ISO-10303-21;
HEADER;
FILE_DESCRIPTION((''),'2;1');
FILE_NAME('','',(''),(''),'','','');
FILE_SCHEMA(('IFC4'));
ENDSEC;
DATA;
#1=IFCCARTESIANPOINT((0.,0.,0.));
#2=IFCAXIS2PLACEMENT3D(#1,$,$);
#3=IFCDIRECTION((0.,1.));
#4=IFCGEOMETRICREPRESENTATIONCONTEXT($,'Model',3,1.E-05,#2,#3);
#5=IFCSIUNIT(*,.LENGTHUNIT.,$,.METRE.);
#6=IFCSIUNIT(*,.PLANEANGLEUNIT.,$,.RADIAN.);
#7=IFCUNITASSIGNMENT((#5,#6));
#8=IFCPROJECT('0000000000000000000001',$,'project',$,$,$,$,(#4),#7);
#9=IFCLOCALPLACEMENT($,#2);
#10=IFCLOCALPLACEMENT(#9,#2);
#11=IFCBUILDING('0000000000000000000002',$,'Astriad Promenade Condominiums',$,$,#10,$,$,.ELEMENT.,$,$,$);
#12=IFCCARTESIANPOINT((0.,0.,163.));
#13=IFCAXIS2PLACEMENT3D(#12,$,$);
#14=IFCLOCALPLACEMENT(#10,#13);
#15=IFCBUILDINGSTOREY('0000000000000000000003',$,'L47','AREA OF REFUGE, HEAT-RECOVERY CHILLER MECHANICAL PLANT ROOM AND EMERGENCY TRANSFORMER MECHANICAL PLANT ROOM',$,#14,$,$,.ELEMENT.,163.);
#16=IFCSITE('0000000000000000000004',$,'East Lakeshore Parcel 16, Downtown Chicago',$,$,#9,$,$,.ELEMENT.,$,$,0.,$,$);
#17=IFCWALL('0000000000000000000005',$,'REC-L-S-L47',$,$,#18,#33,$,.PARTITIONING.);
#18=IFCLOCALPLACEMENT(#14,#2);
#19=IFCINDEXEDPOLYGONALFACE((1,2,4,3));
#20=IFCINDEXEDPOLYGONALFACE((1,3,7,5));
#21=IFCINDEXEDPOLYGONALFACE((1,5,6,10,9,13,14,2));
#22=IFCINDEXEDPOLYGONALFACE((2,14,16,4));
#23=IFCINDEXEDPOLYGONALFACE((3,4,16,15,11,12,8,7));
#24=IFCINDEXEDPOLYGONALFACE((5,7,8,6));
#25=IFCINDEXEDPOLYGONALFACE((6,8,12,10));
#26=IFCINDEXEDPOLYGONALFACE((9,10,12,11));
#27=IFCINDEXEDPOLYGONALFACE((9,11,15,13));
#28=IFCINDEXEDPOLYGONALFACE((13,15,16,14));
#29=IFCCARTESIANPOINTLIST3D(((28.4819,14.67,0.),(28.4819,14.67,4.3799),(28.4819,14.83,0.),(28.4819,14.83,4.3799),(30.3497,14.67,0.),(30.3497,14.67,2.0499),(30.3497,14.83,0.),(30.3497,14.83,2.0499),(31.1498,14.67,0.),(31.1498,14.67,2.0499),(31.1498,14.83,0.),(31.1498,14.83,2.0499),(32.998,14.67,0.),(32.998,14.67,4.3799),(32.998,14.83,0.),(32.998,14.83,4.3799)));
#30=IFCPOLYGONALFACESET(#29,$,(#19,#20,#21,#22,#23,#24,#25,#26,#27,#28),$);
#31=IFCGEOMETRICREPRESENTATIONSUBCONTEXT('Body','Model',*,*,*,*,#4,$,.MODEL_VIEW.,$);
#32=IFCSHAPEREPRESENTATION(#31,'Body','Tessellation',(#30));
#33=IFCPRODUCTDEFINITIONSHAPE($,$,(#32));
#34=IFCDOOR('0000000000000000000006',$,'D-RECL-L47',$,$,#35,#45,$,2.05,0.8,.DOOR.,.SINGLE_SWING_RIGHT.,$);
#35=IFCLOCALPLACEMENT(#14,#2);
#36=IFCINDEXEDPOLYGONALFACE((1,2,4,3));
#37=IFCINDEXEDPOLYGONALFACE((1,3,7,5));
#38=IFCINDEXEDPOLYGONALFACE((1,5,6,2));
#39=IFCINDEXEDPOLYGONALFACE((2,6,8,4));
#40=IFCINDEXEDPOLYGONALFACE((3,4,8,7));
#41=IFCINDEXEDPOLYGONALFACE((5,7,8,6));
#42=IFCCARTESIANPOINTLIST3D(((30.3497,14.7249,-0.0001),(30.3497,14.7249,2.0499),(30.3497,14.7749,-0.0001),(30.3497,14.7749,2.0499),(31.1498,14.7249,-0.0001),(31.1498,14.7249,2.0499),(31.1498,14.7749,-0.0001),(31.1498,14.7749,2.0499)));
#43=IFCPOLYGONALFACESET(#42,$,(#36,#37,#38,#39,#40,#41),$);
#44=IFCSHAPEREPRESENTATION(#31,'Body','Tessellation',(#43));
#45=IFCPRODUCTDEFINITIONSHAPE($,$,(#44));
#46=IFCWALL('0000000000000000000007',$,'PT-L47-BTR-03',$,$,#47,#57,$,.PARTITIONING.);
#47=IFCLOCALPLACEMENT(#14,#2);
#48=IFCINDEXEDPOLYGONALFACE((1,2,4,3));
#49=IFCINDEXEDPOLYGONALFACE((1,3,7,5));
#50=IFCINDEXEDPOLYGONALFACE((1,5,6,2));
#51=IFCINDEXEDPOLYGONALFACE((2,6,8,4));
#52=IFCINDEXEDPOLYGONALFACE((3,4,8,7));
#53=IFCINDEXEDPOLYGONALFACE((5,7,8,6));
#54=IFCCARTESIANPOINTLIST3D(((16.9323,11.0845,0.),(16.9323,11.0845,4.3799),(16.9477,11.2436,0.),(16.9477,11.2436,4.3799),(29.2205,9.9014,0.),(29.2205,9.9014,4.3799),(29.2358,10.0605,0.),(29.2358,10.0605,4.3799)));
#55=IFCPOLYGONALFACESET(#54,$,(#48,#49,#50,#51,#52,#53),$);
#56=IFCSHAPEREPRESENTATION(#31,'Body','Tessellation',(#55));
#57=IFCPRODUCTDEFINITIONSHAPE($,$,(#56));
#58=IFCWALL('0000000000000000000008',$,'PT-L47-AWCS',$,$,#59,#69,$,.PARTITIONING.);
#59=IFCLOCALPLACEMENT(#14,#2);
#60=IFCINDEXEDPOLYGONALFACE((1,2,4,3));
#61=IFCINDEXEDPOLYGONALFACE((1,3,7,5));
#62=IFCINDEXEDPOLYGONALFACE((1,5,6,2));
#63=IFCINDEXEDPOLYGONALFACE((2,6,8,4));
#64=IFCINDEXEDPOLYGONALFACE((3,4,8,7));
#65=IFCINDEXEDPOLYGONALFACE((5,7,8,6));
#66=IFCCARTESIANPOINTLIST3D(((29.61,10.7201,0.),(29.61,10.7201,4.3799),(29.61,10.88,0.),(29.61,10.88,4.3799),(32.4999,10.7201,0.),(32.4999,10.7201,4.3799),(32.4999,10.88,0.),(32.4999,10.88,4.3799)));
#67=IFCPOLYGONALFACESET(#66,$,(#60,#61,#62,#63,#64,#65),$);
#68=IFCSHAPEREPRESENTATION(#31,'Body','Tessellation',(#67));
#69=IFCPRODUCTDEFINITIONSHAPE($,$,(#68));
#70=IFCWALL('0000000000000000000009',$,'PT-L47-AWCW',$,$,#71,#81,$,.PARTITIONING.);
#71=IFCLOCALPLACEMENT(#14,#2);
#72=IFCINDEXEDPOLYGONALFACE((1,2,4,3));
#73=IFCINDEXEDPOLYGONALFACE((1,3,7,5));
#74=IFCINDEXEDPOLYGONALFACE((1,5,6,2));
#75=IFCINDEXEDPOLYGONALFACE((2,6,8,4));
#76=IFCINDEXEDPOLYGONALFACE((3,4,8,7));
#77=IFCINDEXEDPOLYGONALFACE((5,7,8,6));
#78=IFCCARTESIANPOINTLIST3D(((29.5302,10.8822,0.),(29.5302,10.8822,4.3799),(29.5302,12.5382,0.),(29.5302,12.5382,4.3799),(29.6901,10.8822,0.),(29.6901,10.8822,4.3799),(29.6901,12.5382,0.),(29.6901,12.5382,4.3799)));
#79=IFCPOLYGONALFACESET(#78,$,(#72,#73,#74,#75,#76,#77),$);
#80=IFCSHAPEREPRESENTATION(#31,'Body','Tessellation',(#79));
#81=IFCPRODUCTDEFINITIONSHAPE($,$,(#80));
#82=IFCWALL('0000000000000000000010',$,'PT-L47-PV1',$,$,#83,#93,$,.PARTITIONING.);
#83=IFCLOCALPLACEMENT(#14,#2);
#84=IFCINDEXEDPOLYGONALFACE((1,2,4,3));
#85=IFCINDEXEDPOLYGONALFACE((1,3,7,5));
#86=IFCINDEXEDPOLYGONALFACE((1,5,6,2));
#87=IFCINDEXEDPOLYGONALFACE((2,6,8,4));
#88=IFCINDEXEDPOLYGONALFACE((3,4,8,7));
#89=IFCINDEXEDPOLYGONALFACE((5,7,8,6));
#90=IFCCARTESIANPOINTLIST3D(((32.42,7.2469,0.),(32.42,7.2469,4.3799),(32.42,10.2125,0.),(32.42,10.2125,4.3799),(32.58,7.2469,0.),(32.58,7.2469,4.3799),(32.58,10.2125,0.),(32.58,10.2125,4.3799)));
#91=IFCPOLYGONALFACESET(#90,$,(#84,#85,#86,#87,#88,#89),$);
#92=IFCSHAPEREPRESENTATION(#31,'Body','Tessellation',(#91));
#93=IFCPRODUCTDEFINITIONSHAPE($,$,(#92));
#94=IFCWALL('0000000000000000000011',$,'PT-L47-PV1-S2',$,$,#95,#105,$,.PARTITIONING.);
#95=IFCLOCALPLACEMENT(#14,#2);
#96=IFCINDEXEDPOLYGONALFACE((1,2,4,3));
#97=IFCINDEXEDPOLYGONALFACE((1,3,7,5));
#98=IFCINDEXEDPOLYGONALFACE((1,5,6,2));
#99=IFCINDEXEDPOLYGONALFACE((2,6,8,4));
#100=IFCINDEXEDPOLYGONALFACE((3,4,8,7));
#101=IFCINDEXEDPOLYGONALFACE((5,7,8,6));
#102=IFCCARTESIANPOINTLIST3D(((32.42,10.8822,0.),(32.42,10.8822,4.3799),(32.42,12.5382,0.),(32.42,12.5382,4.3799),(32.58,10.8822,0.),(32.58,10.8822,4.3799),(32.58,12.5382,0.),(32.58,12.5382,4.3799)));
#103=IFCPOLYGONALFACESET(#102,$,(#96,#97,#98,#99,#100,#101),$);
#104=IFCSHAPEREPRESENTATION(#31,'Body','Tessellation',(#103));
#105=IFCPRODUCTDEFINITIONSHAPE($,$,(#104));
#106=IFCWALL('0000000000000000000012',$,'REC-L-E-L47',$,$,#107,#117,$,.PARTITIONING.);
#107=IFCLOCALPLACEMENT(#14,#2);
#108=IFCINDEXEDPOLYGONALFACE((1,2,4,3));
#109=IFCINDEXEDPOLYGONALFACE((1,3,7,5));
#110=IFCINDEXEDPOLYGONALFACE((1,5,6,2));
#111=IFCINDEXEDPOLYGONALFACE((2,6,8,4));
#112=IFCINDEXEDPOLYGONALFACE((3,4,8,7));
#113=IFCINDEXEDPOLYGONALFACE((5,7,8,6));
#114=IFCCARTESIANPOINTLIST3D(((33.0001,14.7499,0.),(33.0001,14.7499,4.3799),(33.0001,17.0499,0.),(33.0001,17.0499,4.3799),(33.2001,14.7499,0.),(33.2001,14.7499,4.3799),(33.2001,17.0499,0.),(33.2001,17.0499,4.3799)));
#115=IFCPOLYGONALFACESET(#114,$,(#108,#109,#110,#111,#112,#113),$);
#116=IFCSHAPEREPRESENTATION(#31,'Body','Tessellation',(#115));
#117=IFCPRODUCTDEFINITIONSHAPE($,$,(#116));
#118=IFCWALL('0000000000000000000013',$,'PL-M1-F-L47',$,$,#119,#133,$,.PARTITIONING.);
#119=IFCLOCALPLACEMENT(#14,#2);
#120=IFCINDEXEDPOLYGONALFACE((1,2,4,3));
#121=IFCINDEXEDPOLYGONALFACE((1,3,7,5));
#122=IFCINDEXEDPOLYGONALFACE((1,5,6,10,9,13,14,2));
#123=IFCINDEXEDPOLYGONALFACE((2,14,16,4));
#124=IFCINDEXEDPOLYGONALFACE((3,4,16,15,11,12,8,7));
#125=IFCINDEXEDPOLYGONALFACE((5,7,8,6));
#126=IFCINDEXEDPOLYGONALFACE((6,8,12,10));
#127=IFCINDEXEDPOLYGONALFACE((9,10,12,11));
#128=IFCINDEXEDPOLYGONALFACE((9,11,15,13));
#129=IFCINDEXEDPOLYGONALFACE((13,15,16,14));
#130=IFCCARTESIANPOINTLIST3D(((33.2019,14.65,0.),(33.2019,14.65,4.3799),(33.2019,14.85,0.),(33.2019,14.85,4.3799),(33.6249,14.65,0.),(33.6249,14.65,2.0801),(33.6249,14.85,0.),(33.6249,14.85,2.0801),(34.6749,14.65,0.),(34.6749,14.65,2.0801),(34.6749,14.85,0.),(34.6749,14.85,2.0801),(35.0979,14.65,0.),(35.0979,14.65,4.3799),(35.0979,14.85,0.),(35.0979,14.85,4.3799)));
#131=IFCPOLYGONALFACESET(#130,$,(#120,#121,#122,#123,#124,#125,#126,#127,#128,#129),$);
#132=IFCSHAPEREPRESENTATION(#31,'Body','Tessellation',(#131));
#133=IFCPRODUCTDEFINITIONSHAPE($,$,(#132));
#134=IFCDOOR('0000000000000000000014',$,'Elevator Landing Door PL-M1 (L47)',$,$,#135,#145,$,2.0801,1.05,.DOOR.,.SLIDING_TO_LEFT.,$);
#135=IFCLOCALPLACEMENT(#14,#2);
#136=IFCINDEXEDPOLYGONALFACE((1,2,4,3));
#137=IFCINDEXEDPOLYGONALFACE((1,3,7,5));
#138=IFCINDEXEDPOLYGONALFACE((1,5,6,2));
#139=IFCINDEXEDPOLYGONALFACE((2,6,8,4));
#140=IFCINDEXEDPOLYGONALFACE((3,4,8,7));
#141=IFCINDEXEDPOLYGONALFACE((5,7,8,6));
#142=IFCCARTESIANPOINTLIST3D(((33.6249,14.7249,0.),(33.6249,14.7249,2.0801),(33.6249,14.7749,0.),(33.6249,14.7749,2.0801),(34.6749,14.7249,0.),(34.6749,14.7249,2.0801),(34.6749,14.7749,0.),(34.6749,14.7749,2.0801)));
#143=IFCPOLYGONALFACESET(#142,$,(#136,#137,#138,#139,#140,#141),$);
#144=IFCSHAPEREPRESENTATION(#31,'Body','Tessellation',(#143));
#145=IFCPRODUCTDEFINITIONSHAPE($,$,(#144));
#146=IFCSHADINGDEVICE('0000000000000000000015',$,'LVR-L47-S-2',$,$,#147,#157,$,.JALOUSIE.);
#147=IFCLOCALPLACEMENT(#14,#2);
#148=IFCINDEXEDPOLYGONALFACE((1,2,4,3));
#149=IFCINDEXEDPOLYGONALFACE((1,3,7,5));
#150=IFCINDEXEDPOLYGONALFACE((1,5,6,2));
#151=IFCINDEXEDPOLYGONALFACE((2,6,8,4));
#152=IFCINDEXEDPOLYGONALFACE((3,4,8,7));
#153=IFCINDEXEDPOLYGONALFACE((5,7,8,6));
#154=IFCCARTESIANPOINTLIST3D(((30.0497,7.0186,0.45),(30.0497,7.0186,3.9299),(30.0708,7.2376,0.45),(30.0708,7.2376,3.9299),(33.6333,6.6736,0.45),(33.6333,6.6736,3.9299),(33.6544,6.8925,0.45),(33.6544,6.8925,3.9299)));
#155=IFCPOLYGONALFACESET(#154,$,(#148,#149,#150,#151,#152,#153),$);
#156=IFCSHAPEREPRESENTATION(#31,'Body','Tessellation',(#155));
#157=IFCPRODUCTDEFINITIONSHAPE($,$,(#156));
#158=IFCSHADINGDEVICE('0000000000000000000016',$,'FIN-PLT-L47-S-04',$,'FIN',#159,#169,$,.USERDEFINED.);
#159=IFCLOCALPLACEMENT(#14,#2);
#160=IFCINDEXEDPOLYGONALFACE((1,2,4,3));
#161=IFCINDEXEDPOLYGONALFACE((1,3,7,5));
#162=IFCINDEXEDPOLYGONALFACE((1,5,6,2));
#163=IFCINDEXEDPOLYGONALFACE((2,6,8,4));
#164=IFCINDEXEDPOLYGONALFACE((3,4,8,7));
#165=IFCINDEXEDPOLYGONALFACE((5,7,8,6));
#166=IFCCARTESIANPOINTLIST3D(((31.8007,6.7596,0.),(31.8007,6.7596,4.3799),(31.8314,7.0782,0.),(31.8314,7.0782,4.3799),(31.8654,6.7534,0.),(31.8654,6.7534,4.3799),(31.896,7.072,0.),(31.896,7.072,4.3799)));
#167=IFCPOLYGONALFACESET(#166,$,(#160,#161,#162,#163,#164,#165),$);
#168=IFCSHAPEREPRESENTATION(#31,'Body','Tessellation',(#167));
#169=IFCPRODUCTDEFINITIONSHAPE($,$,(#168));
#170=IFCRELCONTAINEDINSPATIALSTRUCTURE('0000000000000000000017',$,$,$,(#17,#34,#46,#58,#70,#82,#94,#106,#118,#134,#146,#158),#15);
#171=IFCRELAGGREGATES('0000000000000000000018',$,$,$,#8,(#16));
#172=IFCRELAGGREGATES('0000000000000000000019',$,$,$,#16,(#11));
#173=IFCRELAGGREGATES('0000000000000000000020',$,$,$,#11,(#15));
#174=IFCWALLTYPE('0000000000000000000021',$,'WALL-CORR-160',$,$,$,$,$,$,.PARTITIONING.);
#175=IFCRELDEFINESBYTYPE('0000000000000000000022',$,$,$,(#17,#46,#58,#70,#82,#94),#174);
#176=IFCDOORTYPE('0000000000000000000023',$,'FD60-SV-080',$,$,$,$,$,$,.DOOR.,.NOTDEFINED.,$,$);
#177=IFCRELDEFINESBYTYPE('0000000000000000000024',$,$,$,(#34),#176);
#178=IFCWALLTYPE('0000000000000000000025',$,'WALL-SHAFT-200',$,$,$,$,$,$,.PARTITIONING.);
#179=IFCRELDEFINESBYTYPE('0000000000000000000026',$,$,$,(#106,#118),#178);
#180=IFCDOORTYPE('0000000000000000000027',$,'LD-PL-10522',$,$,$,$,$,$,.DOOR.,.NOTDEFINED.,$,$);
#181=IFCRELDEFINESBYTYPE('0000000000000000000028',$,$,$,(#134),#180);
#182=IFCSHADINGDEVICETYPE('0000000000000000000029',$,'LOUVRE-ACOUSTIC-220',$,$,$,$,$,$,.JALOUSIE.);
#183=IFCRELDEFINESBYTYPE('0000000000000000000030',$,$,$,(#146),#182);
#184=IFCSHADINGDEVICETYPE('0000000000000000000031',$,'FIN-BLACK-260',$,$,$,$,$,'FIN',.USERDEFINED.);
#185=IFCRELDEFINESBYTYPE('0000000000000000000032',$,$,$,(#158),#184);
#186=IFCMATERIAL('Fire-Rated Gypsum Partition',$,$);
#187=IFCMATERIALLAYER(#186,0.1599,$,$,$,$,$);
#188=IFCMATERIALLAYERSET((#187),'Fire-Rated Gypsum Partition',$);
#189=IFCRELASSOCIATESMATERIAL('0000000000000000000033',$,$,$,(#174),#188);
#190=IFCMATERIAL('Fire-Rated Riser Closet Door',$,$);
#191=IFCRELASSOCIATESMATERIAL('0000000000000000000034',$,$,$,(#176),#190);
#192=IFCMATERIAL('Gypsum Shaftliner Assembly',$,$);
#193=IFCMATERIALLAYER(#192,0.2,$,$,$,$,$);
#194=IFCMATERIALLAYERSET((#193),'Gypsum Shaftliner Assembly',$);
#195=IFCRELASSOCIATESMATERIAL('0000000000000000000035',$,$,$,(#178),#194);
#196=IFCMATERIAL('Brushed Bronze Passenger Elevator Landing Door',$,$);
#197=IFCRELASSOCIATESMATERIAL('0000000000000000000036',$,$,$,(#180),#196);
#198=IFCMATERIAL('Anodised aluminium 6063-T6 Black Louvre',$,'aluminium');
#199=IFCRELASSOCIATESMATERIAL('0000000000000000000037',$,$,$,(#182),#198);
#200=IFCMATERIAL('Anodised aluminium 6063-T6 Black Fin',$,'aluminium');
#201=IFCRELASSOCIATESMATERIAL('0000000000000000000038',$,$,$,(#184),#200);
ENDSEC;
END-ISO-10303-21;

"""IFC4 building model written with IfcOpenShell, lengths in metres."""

from ifc_helpers import new_model, si_unit, direction, frame, frame_2d, origin, origin_2d, place, context, subcontext, project, spatial, rectangle, extrude, source, transform, mapped, material, layer, layer_set, type_object, type_shapes, element, fill, save


model = new_model("IFC4")

# Units and contexts
model_context = context("Model", 3, precision=1e-05, world=origin(), true_north=direction((0.0, 1.0)))
body_context = subcontext(model_context, "Body", "Model", "MODEL_VIEW")
ifc_project = project(units=[si_unit("LENGTHUNIT", "METRE"), si_unit("PLANEANGLEUNIT", "RADIAN")], contexts=[model_context])

# Site, building, storey
site_placement = place(None, origin())
site = spatial("IfcSite", under=ifc_project, at=site_placement, Name="East Lakeshore Parcel 16, Downtown Chicago", CompositionType="ELEMENT", RefElevation=0.0)
building_placement = place(site_placement, origin())
building = spatial("IfcBuilding", under=site, at=building_placement, Name="Astriad Promenade Condominiums", CompositionType="ELEMENT")
storey_placement = place(building_placement, frame((0.0, 0.0, 163.0)))
storey = spatial("IfcBuildingStorey", under=building, at=storey_placement, Name="L47", Description="AREA OF REFUGE, HEAT-RECOVERY CHILLER MECHANICAL PLANT ROOM AND EMERGENCY TRANSFORMER MECHANICAL PLANT ROOM", CompositionType="ELEMENT", Elevation=163.0)

# Wall, opening, door
ifc_material_1 = material(Name="Fire-Rated Gypsum Partition")
ifc_layer_1 = layer(ifc_material_1, 0.1599)
ifc_layer_set_1 = layer_set([ifc_layer_1], Name="Fire-Rated Gypsum Partition")
wall_type_1 = type_object("IfcWallType", Name="WALL-CORR-160", PredefinedType="PARTITIONING", material=ifc_layer_set_1)
wall_1_placement = place(storey_placement, frame((28.4819, 14.75, 0.0), z_axis=(0.0, 0.0, 1.0), x_axis=(1.0, 0.0, 0.0)))
wall_1 = element("IfcWall", 1, at=wall_1_placement, inside=storey, type_object=wall_type_1, Name="REC-L-S-L47", PredefinedType="PARTITIONING", context=body_context, shape_type="SweptSolid", body=[
    extrude(rectangle(XDim=4.5161, YDim=0.1599, at=frame_2d((2.2581, 0.0))), origin(), (0.0, 0.0, 1.0), 4.3799),
])
opening_1_placement = place(wall_1_placement, frame((1.8679, 0.0, 0.0)))
opening_1 = element("IfcOpeningElement", 2, at=opening_1_placement, cuts=wall_1, PredefinedType="OPENING", context=body_context, shape_type="SweptSolid", body=[
    extrude(rectangle(XDim=0.8, YDim=2.05, at=frame_2d((0.3999, 1.0249))), frame((0.0, 0.0898, 0.0), z_axis=(0.0, -1.0, 0.0), x_axis=(1.0, 0.0, 0.0)), (0.0, 0.0, 1.0), 0.1799),
])
ifc_material_2 = material(Name="Fire-Rated Riser Closet Door")
door_type_1 = type_object("IfcDoorType", Name="FD60-SV-080", OperationType="NOTDEFINED", PredefinedType="DOOR", material=ifc_material_2)
shared_shape_1 = source(origin(), body_context, "Body", "SweptSolid", [
    extrude(rectangle(XDim=0.8, YDim=2.05, at=frame_2d((0.3999, 1.0249))), frame((0.0, 0.0249, 0.0), z_axis=(0.0, -1.0, 0.0), x_axis=(1.0, 0.0, 0.0)), (0.0, 0.0, 1.0), 0.05),
])
type_shapes(door_type_1, [shared_shape_1])
door_1_placement = place(opening_1_placement, origin())
door_1 = element("IfcDoor", 3, at=door_1_placement, inside=storey, type_object=door_type_1, Name="D-RECL-L47", OperationType="SINGLE_SWING_RIGHT", OverallHeight=2.05, OverallWidth=0.8, PredefinedType="DOOR", context=body_context, shape_type="MappedRepresentation", body=[
    mapped(shared_shape_1, transform((0.0, 0.0, 0.0), scale=1.0)),
])
fill(opening_1, door_1)

# Walls
wall_2_placement = place(storey_placement, frame((29.228, 9.981, 0.0), z_axis=(0.0, 0.0, 1.0), x_axis=(-0.995397, 0.095838, 0.0)))
element("IfcWall", 4, at=wall_2_placement, inside=storey, type_object=wall_type_1, Name="PT-L47-BTR-03", PredefinedType="PARTITIONING", context=body_context, shape_type="SweptSolid", body=[
    extrude(rectangle(XDim=12.345, YDim=0.1599, at=frame_2d((6.1724, 0.0))), origin(), (0.0, 0.0, 1.0), 4.3799),
])
wall_3_placement = place(storey_placement, frame((29.6101, 10.8, 0.0), z_axis=(0.0, 0.0, 1.0), x_axis=(1.0, 0.0, 0.0)))
element("IfcWall", 5, at=wall_3_placement, inside=storey, type_object=wall_type_1, Name="PT-L47-AWCS", PredefinedType="PARTITIONING", context=body_context, shape_type="SweptSolid", body=[
    extrude(rectangle(XDim=2.8899, YDim=0.1599, at=frame_2d((1.4448, 0.0))), origin(), (0.0, 0.0, 1.0), 4.3799),
])
wall_4_placement = place(storey_placement, frame((29.6101, 10.8821, 0.0), z_axis=(0.0, 0.0, 1.0), x_axis=(0.0, 1.0, 0.0)))
element("IfcWall", 6, at=wall_4_placement, inside=storey, type_object=wall_type_1, Name="PT-L47-AWCW", PredefinedType="PARTITIONING", context=body_context, shape_type="SweptSolid", body=[
    extrude(rectangle(XDim=1.656, YDim=0.1599, at=frame_2d((0.8281, 0.0))), origin(), (0.0, 0.0, 1.0), 4.3799),
])
wall_5_placement = place(storey_placement, frame((32.5, 7.2468, 0.0), z_axis=(0.0, 0.0, 1.0), x_axis=(0.0, 1.0, 0.0)))
element("IfcWall", 7, at=wall_5_placement, inside=storey, type_object=wall_type_1, Name="PT-L47-PV1", PredefinedType="PARTITIONING", context=body_context, shape_type="SweptSolid", body=[
    extrude(rectangle(XDim=2.9656, YDim=0.1599, at=frame_2d((1.4829, 0.0))), origin(), (0.0, 0.0, 1.0), 4.3799),
])
wall_6_placement = place(storey_placement, frame((32.5, 10.8821, 0.0), z_axis=(0.0, 0.0, 1.0), x_axis=(0.0, 1.0, 0.0)))
element("IfcWall", 8, at=wall_6_placement, inside=storey, type_object=wall_type_1, Name="PT-L47-PV1-S2", PredefinedType="PARTITIONING", context=body_context, shape_type="SweptSolid", body=[
    extrude(rectangle(XDim=1.656, YDim=0.1599, at=frame_2d((0.8281, 0.0))), origin(), (0.0, 0.0, 1.0), 4.3799),
])
ifc_material_3 = material(Name="Gypsum Shaftliner Assembly")
ifc_layer_2 = layer(ifc_material_3, 0.2)
ifc_layer_set_2 = layer_set([ifc_layer_2], Name="Gypsum Shaftliner Assembly")
wall_type_2 = type_object("IfcWallType", Name="WALL-SHAFT-200", PredefinedType="PARTITIONING", material=ifc_layer_set_2)
wall_7_placement = place(storey_placement, frame((33.1001, 14.75, 0.0), z_axis=(0.0, 0.0, 1.0), x_axis=(0.0, 1.0, 0.0)))
element("IfcWall", 9, at=wall_7_placement, inside=storey, type_object=wall_type_2, Name="REC-L-E-L47", PredefinedType="PARTITIONING", context=body_context, shape_type="SweptSolid", body=[
    extrude(rectangle(XDim=2.3, YDim=0.2, at=frame_2d((1.1499, 0.0))), origin(), (0.0, 0.0, 1.0), 4.3799),
])

# Wall, opening, door
wall_8_placement = place(storey_placement, frame((33.2019, 14.75, 0.0), z_axis=(0.0, 0.0, 1.0), x_axis=(1.0, 0.0, 0.0)))
wall_8 = element("IfcWall", 10, at=wall_8_placement, inside=storey, type_object=wall_type_2, Name="PL-M1-F-L47", PredefinedType="PARTITIONING", context=body_context, shape_type="SweptSolid", body=[
    extrude(rectangle(XDim=1.896, YDim=0.2, at=frame_2d((0.948, 0.0))), origin(), (0.0, 0.0, 1.0), 4.3799),
])
opening_2_placement = place(wall_8_placement, frame((0.4231, 0.0, 0.0)))
opening_2 = element("IfcOpeningElement", 11, at=opening_2_placement, cuts=wall_8, PredefinedType="OPENING", context=body_context, shape_type="SweptSolid", body=[
    extrude(rectangle(XDim=1.05, YDim=2.0801, at=frame_2d((0.5249, 1.04))), frame((0.0, 0.1099, 0.0), z_axis=(0.0, -1.0, 0.0), x_axis=(1.0, 0.0, 0.0)), (0.0, 0.0, 1.0), 0.22),
])
ifc_material_4 = material(Name="Brushed Bronze Passenger Elevator Landing Door")
door_type_2 = type_object("IfcDoorType", Name="LD-PL-10522", OperationType="NOTDEFINED", PredefinedType="DOOR", material=ifc_material_4)
shared_shape_2 = source(origin(), body_context, "Body", "SweptSolid", [
    extrude(rectangle(XDim=1.05, YDim=2.0801, at=frame_2d((0.5249, 1.04))), frame((0.0, 0.0249, 0.0), z_axis=(0.0, -1.0, 0.0), x_axis=(1.0, 0.0, 0.0)), (0.0, 0.0, 1.0), 0.05),
])
type_shapes(door_type_2, [shared_shape_2])
door_2_placement = place(opening_2_placement, origin())
door_2 = element("IfcDoor", 12, at=door_2_placement, inside=storey, type_object=door_type_2, Name="Elevator Landing Door PL-M1 (L47)", OperationType="SLIDING_TO_LEFT", OverallHeight=2.0801, OverallWidth=1.05, PredefinedType="DOOR", context=body_context, shape_type="MappedRepresentation", body=[
    mapped(shared_shape_2, transform((0.0, 0.0, 0.0), scale=1.0)),
])
fill(opening_2, door_2)

# Shading devices
ifc_material_5 = material(Name="Anodised aluminium 6063-T6 Black Louvre", Category="aluminium")
shading_device_type_1 = type_object("IfcShadingDeviceType", Name="LOUVRE-ACOUSTIC-220", PredefinedType="JALOUSIE", material=ifc_material_5)
shared_shape_3 = source(origin(), body_context, "Body", "SweptSolid", [
    extrude(rectangle(XDim=3.6001, YDim=0.22, at=origin_2d()), origin(), (0.0, 0.0, 1.0), 3.48),
])
type_shapes(shading_device_type_1, [shared_shape_3])
shading_device_1_placement = place(storey_placement, frame((31.8521, 6.9556, 0.45), z_axis=(0.0, 0.0, 1.0), x_axis=(-0.995396, 0.095846, 0.0)))
element("IfcShadingDevice", 13, at=shading_device_1_placement, inside=storey, type_object=shading_device_type_1, Name="LVR-L47-S-2", PredefinedType="JALOUSIE", context=body_context, shape_type="MappedRepresentation", body=[
    mapped(shared_shape_3, transform((0.0, 0.0, 0.0), scale=1.0)),
])
ifc_material_6 = material(Name="Anodised aluminium 6063-T6 Black Fin", Category="aluminium")
shading_device_type_2 = type_object("IfcShadingDeviceType", Name="FIN-BLACK-260", ElementType="FIN", PredefinedType="USERDEFINED", material=ifc_material_6)
shared_shape_4 = source(origin(), body_context, "Body", "SweptSolid", [
    extrude(rectangle(XDim=0.0649, YDim=0.3201, at=origin_2d()), origin(), (0.0, 0.0, 1.0), 4.3799),
])
type_shapes(shading_device_type_2, [shared_shape_4])
shading_device_2_placement = place(storey_placement, frame((31.8484, 6.9158, 0.0), z_axis=(0.0, 0.0, 1.0), x_axis=(-0.995396, 0.095846, 0.0)))
element("IfcShadingDevice", 14, at=shading_device_2_placement, inside=storey, type_object=shading_device_type_2, Name="FIN-PLT-L47-S-04", ObjectType="FIN", PredefinedType="USERDEFINED", context=body_context, shape_type="MappedRepresentation", body=[
    mapped(shared_shape_4, transform((0.0, 0.0, 0.0), scale=1.0)),
])

save(model, "model.ifc")
